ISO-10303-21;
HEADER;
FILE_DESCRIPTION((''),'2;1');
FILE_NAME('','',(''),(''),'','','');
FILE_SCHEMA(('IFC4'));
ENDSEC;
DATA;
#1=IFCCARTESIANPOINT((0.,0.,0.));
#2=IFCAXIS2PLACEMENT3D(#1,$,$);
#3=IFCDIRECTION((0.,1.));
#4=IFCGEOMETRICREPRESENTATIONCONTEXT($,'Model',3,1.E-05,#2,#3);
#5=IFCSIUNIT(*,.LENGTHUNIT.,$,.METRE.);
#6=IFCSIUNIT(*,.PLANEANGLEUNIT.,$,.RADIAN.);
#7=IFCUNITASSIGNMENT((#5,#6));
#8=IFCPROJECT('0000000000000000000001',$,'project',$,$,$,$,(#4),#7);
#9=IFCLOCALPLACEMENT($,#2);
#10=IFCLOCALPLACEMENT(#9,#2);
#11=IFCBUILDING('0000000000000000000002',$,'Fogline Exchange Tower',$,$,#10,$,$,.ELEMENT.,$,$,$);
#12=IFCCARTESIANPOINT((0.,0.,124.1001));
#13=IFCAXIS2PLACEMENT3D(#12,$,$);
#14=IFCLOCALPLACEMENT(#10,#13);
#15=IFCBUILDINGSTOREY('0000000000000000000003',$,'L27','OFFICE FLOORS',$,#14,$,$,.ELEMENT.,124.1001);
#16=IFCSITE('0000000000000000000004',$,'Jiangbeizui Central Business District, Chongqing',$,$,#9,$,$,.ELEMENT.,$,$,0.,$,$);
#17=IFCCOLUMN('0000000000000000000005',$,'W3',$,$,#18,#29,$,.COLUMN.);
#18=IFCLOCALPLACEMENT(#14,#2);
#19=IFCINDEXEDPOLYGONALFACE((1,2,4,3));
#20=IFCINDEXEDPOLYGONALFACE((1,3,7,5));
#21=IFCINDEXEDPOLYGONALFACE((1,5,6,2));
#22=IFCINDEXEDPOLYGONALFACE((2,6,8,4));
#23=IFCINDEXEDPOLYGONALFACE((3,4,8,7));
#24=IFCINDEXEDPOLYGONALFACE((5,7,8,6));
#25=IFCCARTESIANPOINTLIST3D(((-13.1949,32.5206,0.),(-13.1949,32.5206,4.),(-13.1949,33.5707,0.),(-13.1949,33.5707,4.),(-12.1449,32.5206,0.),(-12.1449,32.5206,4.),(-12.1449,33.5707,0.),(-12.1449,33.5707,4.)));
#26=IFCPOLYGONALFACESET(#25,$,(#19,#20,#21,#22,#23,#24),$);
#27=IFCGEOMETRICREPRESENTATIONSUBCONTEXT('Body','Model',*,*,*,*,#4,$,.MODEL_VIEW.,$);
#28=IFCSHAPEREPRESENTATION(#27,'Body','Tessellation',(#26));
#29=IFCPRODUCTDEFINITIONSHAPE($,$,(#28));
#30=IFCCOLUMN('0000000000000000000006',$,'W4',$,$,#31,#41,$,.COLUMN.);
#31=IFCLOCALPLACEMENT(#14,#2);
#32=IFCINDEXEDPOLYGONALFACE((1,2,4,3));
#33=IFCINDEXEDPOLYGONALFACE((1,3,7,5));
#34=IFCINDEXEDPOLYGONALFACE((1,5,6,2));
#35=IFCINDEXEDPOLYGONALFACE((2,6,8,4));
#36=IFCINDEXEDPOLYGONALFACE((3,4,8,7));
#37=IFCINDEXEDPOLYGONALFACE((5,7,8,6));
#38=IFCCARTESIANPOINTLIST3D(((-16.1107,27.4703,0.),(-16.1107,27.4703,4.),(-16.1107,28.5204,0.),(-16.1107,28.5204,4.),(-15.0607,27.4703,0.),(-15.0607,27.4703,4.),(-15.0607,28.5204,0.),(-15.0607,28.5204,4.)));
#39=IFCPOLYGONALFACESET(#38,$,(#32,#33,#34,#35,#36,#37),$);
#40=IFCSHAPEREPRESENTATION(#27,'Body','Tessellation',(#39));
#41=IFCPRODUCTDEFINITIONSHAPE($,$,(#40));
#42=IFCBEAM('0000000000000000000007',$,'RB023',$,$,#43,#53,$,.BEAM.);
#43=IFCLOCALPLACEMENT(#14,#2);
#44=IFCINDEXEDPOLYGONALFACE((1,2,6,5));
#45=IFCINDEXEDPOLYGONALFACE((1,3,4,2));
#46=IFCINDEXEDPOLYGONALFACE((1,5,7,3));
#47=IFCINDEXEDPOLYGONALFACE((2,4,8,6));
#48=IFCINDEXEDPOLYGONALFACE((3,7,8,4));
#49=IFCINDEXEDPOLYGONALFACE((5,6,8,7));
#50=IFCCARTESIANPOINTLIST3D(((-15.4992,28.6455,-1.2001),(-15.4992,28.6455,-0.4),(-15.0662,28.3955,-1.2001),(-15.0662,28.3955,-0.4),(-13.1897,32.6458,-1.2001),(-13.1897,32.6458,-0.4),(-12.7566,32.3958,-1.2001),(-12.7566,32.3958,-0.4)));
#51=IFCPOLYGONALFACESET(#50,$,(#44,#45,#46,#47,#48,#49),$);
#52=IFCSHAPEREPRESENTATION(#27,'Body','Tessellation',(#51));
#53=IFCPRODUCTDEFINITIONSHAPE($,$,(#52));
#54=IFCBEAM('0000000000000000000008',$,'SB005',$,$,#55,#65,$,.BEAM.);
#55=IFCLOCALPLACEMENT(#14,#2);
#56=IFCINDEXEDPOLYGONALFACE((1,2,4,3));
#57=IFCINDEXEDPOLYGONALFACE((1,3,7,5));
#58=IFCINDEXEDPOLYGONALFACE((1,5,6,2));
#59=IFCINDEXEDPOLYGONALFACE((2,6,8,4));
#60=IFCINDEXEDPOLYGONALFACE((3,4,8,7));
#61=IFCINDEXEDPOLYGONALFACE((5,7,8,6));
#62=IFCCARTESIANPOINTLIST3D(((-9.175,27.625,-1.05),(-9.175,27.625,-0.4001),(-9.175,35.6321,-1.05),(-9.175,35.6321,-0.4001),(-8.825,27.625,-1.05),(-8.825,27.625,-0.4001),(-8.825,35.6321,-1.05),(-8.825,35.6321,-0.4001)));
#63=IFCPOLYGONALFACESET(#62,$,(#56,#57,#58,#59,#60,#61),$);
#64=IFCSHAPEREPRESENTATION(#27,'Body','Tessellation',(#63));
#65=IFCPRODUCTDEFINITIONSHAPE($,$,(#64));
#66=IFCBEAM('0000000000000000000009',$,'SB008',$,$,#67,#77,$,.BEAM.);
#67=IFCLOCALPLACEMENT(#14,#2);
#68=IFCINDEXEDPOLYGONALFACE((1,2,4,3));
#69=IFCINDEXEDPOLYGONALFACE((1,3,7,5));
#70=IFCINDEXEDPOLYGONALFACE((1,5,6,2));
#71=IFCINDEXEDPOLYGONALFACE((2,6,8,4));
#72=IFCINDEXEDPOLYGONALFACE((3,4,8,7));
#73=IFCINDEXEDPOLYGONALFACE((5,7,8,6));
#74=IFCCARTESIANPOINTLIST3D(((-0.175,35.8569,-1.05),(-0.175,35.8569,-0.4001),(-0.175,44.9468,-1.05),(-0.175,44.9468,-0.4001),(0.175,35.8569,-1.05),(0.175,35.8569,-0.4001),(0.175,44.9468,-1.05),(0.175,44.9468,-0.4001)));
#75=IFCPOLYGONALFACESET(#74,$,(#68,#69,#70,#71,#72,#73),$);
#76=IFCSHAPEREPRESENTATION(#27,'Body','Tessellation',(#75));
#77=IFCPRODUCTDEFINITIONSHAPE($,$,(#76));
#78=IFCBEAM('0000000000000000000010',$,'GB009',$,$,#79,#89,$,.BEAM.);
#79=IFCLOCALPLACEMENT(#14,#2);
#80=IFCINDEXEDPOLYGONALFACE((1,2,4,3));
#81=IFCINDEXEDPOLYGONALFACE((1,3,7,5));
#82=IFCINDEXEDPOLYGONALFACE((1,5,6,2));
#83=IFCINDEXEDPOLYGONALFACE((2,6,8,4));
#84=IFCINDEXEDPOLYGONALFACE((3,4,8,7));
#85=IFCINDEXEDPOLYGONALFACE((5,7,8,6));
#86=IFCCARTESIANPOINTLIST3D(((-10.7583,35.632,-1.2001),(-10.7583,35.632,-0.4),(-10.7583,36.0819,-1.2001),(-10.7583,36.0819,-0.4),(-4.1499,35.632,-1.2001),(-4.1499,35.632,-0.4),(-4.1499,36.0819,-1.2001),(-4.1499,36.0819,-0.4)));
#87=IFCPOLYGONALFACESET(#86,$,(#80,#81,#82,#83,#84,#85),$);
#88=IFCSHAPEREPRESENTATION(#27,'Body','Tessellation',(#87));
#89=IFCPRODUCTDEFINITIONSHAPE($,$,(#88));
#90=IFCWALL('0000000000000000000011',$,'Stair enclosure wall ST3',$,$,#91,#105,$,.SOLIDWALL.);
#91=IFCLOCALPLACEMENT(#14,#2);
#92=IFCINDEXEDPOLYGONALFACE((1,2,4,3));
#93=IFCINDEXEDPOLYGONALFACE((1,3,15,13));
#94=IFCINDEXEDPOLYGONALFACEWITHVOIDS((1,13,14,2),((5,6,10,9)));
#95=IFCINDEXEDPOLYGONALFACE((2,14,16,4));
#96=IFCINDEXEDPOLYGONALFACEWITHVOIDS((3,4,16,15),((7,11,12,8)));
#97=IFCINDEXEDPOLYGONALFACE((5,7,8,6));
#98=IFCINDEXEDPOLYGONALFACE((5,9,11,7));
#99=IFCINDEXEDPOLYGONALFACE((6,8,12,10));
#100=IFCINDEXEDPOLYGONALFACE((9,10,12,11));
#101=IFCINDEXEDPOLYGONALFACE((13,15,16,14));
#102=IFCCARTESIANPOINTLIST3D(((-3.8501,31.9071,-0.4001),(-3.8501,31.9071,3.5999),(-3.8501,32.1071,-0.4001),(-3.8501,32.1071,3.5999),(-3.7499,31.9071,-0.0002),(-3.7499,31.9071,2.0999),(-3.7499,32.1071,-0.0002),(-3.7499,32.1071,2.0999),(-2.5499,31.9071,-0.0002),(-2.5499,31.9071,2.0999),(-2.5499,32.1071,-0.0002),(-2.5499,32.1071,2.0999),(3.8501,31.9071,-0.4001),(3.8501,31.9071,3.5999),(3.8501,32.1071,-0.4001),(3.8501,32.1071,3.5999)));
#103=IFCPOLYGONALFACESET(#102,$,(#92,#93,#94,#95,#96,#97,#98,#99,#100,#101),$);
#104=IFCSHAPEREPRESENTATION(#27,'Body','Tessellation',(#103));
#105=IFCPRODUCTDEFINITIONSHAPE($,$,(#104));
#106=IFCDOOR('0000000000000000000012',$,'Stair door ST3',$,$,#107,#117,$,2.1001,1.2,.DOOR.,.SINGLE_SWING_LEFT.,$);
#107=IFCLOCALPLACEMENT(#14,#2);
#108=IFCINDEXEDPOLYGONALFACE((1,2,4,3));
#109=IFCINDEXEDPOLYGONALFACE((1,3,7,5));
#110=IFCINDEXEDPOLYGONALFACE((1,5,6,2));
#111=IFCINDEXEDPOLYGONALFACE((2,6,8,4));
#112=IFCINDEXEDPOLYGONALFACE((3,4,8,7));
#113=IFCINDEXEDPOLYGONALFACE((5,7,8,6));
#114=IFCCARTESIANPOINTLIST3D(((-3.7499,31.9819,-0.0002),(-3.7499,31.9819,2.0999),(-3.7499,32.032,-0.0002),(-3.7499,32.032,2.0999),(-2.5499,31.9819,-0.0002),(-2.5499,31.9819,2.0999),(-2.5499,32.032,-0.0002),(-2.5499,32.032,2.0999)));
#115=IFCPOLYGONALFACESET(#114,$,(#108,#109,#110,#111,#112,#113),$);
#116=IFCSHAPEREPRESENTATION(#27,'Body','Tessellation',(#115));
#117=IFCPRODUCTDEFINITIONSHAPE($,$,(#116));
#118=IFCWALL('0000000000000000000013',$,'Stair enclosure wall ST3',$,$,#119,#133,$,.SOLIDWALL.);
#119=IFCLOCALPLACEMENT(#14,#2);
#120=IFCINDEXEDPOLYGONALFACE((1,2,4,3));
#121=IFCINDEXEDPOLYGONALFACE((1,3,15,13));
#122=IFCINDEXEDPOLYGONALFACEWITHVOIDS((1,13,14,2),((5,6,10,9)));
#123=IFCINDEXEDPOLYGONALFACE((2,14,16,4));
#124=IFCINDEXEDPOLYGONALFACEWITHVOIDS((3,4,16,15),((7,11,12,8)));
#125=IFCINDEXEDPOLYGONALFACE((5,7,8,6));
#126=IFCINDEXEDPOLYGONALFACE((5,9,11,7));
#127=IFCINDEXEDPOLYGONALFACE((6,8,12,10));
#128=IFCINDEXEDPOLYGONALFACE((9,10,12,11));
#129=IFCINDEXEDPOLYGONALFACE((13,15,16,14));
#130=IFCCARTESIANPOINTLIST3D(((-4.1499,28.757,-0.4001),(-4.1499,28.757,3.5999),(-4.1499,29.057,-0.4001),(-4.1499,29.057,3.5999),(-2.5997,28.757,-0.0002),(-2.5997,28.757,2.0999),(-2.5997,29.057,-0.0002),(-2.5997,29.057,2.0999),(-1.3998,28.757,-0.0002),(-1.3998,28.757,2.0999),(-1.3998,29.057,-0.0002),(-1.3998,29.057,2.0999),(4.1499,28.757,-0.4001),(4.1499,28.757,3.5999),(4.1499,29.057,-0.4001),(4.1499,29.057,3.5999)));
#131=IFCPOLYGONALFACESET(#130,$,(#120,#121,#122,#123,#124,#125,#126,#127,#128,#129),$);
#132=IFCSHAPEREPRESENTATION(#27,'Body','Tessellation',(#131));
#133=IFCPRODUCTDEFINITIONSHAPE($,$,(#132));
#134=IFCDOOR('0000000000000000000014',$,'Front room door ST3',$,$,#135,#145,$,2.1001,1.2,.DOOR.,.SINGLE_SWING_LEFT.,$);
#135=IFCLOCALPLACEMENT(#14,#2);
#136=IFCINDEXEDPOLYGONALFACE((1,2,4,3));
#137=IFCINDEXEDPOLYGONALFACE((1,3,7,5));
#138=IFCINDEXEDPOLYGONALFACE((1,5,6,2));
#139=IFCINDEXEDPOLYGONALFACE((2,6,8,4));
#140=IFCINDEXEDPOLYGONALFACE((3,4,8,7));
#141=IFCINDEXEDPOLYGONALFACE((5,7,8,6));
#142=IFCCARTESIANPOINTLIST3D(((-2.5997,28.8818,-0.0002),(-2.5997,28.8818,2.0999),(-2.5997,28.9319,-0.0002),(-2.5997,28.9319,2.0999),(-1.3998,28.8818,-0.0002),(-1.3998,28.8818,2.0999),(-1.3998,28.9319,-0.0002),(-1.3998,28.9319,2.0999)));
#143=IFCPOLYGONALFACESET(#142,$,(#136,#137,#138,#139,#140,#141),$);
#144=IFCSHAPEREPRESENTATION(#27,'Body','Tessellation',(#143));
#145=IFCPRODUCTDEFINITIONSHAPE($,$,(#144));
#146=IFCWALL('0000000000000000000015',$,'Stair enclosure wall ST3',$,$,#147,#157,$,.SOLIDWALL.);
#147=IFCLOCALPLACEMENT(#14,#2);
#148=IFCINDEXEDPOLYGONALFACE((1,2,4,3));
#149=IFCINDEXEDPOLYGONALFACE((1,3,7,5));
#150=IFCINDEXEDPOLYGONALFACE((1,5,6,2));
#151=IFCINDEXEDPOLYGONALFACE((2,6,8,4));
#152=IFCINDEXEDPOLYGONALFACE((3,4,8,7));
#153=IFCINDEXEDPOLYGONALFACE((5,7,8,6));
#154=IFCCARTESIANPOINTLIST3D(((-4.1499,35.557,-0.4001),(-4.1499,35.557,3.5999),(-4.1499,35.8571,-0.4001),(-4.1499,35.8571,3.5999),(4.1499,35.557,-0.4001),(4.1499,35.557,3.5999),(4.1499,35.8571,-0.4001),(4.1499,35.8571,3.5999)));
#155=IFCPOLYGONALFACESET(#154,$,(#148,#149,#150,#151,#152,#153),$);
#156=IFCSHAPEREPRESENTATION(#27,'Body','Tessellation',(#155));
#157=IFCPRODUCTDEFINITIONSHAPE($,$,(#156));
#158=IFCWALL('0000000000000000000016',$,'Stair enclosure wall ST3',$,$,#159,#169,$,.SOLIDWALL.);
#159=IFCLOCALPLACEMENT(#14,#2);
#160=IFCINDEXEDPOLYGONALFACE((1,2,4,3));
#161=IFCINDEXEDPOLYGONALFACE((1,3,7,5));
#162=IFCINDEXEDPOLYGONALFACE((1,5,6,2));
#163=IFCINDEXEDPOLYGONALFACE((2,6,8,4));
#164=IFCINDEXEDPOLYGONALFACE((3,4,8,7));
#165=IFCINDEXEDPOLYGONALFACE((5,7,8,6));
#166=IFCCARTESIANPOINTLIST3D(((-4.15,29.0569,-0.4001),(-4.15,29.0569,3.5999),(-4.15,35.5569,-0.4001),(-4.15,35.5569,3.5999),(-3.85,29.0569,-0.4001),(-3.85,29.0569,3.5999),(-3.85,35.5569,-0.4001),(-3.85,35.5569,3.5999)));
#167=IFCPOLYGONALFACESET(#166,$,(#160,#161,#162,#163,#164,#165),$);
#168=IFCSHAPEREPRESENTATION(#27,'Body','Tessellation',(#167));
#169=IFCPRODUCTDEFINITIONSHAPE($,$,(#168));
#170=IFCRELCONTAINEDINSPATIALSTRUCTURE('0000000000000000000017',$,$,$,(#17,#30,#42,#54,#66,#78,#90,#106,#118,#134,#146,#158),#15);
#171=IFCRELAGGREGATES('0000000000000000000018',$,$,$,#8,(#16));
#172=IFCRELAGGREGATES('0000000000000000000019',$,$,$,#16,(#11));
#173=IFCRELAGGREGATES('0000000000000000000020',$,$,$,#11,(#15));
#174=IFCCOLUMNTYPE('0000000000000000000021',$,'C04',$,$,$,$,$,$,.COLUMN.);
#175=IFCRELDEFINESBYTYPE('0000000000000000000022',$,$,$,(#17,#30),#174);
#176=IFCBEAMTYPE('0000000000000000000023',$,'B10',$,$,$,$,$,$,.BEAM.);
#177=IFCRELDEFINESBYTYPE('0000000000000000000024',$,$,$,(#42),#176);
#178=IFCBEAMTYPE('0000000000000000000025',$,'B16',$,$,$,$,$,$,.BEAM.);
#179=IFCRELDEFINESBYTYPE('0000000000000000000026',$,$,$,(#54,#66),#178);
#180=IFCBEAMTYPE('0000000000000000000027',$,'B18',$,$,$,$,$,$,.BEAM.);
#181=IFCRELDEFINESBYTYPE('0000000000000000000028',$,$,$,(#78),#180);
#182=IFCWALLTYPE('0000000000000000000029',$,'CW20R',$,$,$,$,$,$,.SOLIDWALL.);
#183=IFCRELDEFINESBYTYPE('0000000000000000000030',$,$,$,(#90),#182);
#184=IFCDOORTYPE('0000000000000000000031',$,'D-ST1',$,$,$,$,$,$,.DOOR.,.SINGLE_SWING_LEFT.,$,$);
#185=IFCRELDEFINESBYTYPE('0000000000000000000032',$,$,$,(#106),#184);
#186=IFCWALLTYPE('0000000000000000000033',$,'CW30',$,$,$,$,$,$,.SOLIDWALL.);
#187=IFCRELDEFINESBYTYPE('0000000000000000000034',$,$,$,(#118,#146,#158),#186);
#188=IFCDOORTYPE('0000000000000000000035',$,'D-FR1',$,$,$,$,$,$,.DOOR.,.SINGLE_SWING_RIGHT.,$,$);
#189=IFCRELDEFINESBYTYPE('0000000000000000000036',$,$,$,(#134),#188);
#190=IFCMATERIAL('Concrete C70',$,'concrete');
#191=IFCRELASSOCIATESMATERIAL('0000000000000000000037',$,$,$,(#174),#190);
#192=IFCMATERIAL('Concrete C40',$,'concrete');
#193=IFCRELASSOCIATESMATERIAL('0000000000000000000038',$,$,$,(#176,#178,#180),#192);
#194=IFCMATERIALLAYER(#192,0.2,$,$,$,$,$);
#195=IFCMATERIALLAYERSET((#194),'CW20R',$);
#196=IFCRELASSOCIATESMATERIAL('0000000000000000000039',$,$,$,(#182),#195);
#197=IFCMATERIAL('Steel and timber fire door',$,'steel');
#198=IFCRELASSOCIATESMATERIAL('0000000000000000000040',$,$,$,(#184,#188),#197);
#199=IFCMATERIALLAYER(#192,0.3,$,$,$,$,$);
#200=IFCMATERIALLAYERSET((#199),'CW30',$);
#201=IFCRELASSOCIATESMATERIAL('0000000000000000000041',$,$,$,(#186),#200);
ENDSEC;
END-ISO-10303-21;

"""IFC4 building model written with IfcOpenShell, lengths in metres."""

from ifc_helpers import new_model, si_unit, direction, frame, frame_2d, origin, origin_2d, place, context, subcontext, project, spatial, rectangle, extrude, material, layer, layer_set, material_profile, profile_set, type_object, element, fill, save


model = new_model("IFC4")

# Units and contexts
model_context = context("Model", 3, precision=1e-05, world=origin(), true_north=direction((0.0, 1.0)))
body_context = subcontext(model_context, "Body", "Model", "MODEL_VIEW")
ifc_project = project(units=[si_unit("LENGTHUNIT", "METRE"), si_unit("PLANEANGLEUNIT", "RADIAN")], contexts=[model_context])

# Site, building, storey
site_placement = place(None, origin())
site = spatial("IfcSite", under=ifc_project, at=site_placement, Name="Jiangbeizui Central Business District, Chongqing", CompositionType="ELEMENT", RefElevation=0.0)
building_placement = place(site_placement, origin())
building = spatial("IfcBuilding", under=site, at=building_placement, Name="Fogline Exchange Tower", CompositionType="ELEMENT")
storey_placement = place(building_placement, frame((0.0, 0.0, 124.1001)))
storey = spatial("IfcBuildingStorey", under=building, at=storey_placement, Name="L27", Description="OFFICE FLOORS", CompositionType="ELEMENT", Elevation=124.1001)

# Columns
ifc_material_1 = material(Name="Concrete C70", Category="concrete")
ifc_material_profile_1 = material_profile(ifc_material_1, rectangle(XDim=1.05, YDim=1.05, at=origin_2d()), Name="RC 1050x1050")
ifc_profile_set_1 = profile_set([ifc_material_profile_1], Name="Concrete C70")
column_type = type_object("IfcColumnType", Name="C04", PredefinedType="COLUMN", material=ifc_profile_set_1)
for number, where, z_axis, x_axis, name in (
    (1, (-12.6699, 33.0457, 0.0), (0.0, 0.0, 1.0), (1.0, 0.0, 0.0), "W3"),
    (2, (-15.5857, 27.9954, 0.0), (0.0, 0.0, 1.0), (1.0, 0.0, 0.0), "W4"),
):
    element("IfcColumn", number, at=place(storey_placement, frame(where, z_axis=z_axis, x_axis=x_axis)), inside=storey, type_object=column_type, Name=name, PredefinedType="COLUMN", context=body_context, shape_type="SweptSolid", body=[
        extrude(rectangle(XDim=1.05, YDim=1.05, at=origin_2d()), origin(), (0.0, 0.0, 1.0), 4.0),
    ])

# Beams
ifc_material_2 = material(Name="Concrete C40", Category="concrete")
ifc_material_profile_2 = material_profile(ifc_material_2, rectangle(XDim=0.5, YDim=0.8, at=origin_2d()), Name="RC 500x800")
ifc_profile_set_2 = profile_set([ifc_material_profile_2], Name="Concrete C40")
beam_type_1 = type_object("IfcBeamType", Name="B10", PredefinedType="BEAM", material=ifc_profile_set_2)
beam_1_placement = place(storey_placement, frame((-12.9731, 32.5208, -0.8), z_axis=(-0.500005, -0.866023, 0.0), x_axis=(0.866023, -0.500005, 0.0)))
element("IfcBeam", 3, at=beam_1_placement, inside=storey, type_object=beam_type_1, Name="RB023", PredefinedType="BEAM", context=body_context, shape_type="SweptSolid", body=[
    extrude(rectangle(XDim=0.5, YDim=0.8, at=origin_2d()), origin(), (0.0, 0.0, 1.0), 4.6191),
])
ifc_material_profile_3 = material_profile(ifc_material_2, rectangle(XDim=0.3501, YDim=0.6499, at=origin_2d()), Name="RC 350x650")
ifc_profile_set_3 = profile_set([ifc_material_profile_3], Name="Concrete C40")
beam_type_2 = type_object("IfcBeamType", Name="B16", PredefinedType="BEAM", material=ifc_profile_set_3)
beam_2_placement = place(storey_placement, frame((-9.0, 27.625, -0.7251), z_axis=(0.0, 1.0, 0.0), x_axis=(-1.0, 0.0, 0.0)))
element("IfcBeam", 4, at=beam_2_placement, inside=storey, type_object=beam_type_2, Name="SB005", PredefinedType="BEAM", context=body_context, shape_type="SweptSolid", body=[
    extrude(rectangle(XDim=0.3501, YDim=0.6499, at=origin_2d()), origin(), (0.0, 0.0, 1.0), 8.0071),
])
beam_3_placement = place(storey_placement, frame((0.0, 35.8569, -0.7251), z_axis=(0.0, 1.0, 0.0), x_axis=(-1.0, 0.0, 0.0)))
element("IfcBeam", 5, at=beam_3_placement, inside=storey, type_object=beam_type_2, Name="SB008", PredefinedType="BEAM", context=body_context, shape_type="SweptSolid", body=[
    extrude(rectangle(XDim=0.3501, YDim=0.6499, at=origin_2d()), origin(), (0.0, 0.0, 1.0), 9.0898),
])
ifc_material_profile_4 = material_profile(ifc_material_2, rectangle(XDim=0.45, YDim=0.8, at=origin_2d()), Name="RC 450x800")
ifc_profile_set_4 = profile_set([ifc_material_profile_4], Name="Concrete C40")
beam_type_3 = type_object("IfcBeamType", Name="B18", PredefinedType="BEAM", material=ifc_profile_set_4)
beam_4_placement = place(storey_placement, frame((-10.7583, 35.8569, -0.8), z_axis=(1.0, 0.0, 0.0), x_axis=(0.0, 1.0, 0.0)))
element("IfcBeam", 6, at=beam_4_placement, inside=storey, type_object=beam_type_3, Name="GB009", PredefinedType="BEAM", context=body_context, shape_type="SweptSolid", body=[
    extrude(rectangle(XDim=0.45, YDim=0.8, at=origin_2d()), origin(), (0.0, 0.0, 1.0), 6.6084),
])

# Walls, openings, doors
ifc_layer_1 = layer(ifc_material_2, 0.2)
ifc_layer_set_1 = layer_set([ifc_layer_1], Name="CW20R")
wall_type_1 = type_object("IfcWallType", Name="CW20R", PredefinedType="SOLIDWALL", material=ifc_layer_set_1)
wall_1_placement = place(storey_placement, frame((-3.8501, 32.0071, -0.4001), z_axis=(0.0, 0.0, 1.0), x_axis=(1.0, 0.0, 0.0)))
wall_1 = element("IfcWall", 7, at=wall_1_placement, inside=storey, type_object=wall_type_1, Name="Stair enclosure wall ST3", PredefinedType="SOLIDWALL", context=body_context, shape_type="SweptSolid", body=[
    extrude(rectangle(XDim=7.7002, YDim=0.2, at=frame_2d((3.8501, 0.0))), origin(), (0.0, 0.0, 1.0), 4.0),
])
opening_1_placement = place(wall_1_placement, frame((0.1001, 0.0, 0.3999)))
opening_1 = element("IfcOpeningElement", 8, at=opening_1_placement, cuts=wall_1, PredefinedType="OPENING", context=body_context, shape_type="SweptSolid", body=[
    extrude(rectangle(XDim=1.2, YDim=2.1001, at=frame_2d((0.6001, 1.05))), frame((0.0, 0.1099, 0.0), z_axis=(0.0, -1.0, 0.0), x_axis=(1.0, 0.0, 0.0)), (0.0, 0.0, 1.0), 0.22),
])
ifc_material_3 = material(Name="Steel and timber fire door", Category="steel")
door_type_1 = type_object("IfcDoorType", Name="D-ST1", OperationType="SINGLE_SWING_LEFT", PredefinedType="DOOR", material=ifc_material_3)
door_1_placement = place(opening_1_placement, origin())
door_1 = element("IfcDoor", 9, at=door_1_placement, inside=storey, type_object=door_type_1, Name="Stair door ST3", OperationType="SINGLE_SWING_LEFT", OverallHeight=2.1001, OverallWidth=1.2, PredefinedType="DOOR", context=body_context, shape_type="SweptSolid", body=[
    extrude(rectangle(XDim=1.2, YDim=2.1001, at=frame_2d((0.6001, 1.05))), frame((0.0, 0.0249, 0.0), z_axis=(0.0, -1.0, 0.0), x_axis=(1.0, 0.0, 0.0)), (0.0, 0.0, 1.0), 0.05),
])
fill(opening_1, door_1)
ifc_layer_2 = layer(ifc_material_2, 0.3)
ifc_layer_set_2 = layer_set([ifc_layer_2], Name="CW30")
wall_type_2 = type_object("IfcWallType", Name="CW30", PredefinedType="SOLIDWALL", material=ifc_layer_set_2)
wall_2_placement = place(storey_placement, frame((-4.1499, 28.907, -0.4001), z_axis=(0.0, 0.0, 1.0), x_axis=(1.0, 0.0, 0.0)))
wall_2 = element("IfcWall", 10, at=wall_2_placement, inside=storey, type_object=wall_type_2, Name="Stair enclosure wall ST3", PredefinedType="SOLIDWALL", context=body_context, shape_type="SweptSolid", body=[
    extrude(rectangle(XDim=8.2998, YDim=0.3, at=frame_2d((4.1499, 0.0))), origin(), (0.0, 0.0, 1.0), 4.0),
])
opening_2_placement = place(wall_2_placement, frame((1.55, 0.0, 0.3999)))
opening_2 = element("IfcOpeningElement", 11, at=opening_2_placement, cuts=wall_2, PredefinedType="OPENING", context=body_context, shape_type="SweptSolid", body=[
    extrude(rectangle(XDim=1.2, YDim=2.1001, at=frame_2d((0.6001, 1.05))), frame((0.0, 0.1602, 0.0), z_axis=(0.0, -1.0, 0.0), x_axis=(1.0, 0.0, 0.0)), (0.0, 0.0, 1.0), 0.3201),
])
door_type_2 = type_object("IfcDoorType", Name="D-FR1", OperationType="SINGLE_SWING_RIGHT", PredefinedType="DOOR", material=ifc_material_3)
door_2_placement = place(opening_2_placement, origin())
door_2 = element("IfcDoor", 12, at=door_2_placement, inside=storey, type_object=door_type_2, Name="Front room door ST3", OperationType="SINGLE_SWING_LEFT", OverallHeight=2.1001, OverallWidth=1.2, PredefinedType="DOOR", context=body_context, shape_type="SweptSolid", body=[
    extrude(rectangle(XDim=1.2, YDim=2.1001, at=frame_2d((0.6001, 1.05))), frame((0.0, 0.0249, 0.0), z_axis=(0.0, -1.0, 0.0), x_axis=(1.0, 0.0, 0.0)), (0.0, 0.0, 1.0), 0.05),
])
fill(opening_2, door_2)

# Walls
wall_3_placement = place(storey_placement, frame((-4.1499, 35.707, -0.4001), z_axis=(0.0, 0.0, 1.0), x_axis=(1.0, 0.0, 0.0)))
element("IfcWall", 13, at=wall_3_placement, inside=storey, type_object=wall_type_2, Name="Stair enclosure wall ST3", PredefinedType="SOLIDWALL", context=body_context, shape_type="SweptSolid", body=[
    extrude(rectangle(XDim=8.2998, YDim=0.3, at=frame_2d((4.1499, 0.0))), origin(), (0.0, 0.0, 1.0), 4.0),
])
wall_4_placement = place(storey_placement, frame((-4.0, 29.0569, -0.4001), z_axis=(0.0, 0.0, 1.0), x_axis=(0.0, 1.0, 0.0)))
element("IfcWall", 14, at=wall_4_placement, inside=storey, type_object=wall_type_2, Name="Stair enclosure wall ST3", PredefinedType="SOLIDWALL", context=body_context, shape_type="SweptSolid", body=[
    extrude(rectangle(XDim=6.5, YDim=0.3, at=frame_2d((3.25, 0.0))), origin(), (0.0, 0.0, 1.0), 4.0),
])

save(model, "model.ifc")
